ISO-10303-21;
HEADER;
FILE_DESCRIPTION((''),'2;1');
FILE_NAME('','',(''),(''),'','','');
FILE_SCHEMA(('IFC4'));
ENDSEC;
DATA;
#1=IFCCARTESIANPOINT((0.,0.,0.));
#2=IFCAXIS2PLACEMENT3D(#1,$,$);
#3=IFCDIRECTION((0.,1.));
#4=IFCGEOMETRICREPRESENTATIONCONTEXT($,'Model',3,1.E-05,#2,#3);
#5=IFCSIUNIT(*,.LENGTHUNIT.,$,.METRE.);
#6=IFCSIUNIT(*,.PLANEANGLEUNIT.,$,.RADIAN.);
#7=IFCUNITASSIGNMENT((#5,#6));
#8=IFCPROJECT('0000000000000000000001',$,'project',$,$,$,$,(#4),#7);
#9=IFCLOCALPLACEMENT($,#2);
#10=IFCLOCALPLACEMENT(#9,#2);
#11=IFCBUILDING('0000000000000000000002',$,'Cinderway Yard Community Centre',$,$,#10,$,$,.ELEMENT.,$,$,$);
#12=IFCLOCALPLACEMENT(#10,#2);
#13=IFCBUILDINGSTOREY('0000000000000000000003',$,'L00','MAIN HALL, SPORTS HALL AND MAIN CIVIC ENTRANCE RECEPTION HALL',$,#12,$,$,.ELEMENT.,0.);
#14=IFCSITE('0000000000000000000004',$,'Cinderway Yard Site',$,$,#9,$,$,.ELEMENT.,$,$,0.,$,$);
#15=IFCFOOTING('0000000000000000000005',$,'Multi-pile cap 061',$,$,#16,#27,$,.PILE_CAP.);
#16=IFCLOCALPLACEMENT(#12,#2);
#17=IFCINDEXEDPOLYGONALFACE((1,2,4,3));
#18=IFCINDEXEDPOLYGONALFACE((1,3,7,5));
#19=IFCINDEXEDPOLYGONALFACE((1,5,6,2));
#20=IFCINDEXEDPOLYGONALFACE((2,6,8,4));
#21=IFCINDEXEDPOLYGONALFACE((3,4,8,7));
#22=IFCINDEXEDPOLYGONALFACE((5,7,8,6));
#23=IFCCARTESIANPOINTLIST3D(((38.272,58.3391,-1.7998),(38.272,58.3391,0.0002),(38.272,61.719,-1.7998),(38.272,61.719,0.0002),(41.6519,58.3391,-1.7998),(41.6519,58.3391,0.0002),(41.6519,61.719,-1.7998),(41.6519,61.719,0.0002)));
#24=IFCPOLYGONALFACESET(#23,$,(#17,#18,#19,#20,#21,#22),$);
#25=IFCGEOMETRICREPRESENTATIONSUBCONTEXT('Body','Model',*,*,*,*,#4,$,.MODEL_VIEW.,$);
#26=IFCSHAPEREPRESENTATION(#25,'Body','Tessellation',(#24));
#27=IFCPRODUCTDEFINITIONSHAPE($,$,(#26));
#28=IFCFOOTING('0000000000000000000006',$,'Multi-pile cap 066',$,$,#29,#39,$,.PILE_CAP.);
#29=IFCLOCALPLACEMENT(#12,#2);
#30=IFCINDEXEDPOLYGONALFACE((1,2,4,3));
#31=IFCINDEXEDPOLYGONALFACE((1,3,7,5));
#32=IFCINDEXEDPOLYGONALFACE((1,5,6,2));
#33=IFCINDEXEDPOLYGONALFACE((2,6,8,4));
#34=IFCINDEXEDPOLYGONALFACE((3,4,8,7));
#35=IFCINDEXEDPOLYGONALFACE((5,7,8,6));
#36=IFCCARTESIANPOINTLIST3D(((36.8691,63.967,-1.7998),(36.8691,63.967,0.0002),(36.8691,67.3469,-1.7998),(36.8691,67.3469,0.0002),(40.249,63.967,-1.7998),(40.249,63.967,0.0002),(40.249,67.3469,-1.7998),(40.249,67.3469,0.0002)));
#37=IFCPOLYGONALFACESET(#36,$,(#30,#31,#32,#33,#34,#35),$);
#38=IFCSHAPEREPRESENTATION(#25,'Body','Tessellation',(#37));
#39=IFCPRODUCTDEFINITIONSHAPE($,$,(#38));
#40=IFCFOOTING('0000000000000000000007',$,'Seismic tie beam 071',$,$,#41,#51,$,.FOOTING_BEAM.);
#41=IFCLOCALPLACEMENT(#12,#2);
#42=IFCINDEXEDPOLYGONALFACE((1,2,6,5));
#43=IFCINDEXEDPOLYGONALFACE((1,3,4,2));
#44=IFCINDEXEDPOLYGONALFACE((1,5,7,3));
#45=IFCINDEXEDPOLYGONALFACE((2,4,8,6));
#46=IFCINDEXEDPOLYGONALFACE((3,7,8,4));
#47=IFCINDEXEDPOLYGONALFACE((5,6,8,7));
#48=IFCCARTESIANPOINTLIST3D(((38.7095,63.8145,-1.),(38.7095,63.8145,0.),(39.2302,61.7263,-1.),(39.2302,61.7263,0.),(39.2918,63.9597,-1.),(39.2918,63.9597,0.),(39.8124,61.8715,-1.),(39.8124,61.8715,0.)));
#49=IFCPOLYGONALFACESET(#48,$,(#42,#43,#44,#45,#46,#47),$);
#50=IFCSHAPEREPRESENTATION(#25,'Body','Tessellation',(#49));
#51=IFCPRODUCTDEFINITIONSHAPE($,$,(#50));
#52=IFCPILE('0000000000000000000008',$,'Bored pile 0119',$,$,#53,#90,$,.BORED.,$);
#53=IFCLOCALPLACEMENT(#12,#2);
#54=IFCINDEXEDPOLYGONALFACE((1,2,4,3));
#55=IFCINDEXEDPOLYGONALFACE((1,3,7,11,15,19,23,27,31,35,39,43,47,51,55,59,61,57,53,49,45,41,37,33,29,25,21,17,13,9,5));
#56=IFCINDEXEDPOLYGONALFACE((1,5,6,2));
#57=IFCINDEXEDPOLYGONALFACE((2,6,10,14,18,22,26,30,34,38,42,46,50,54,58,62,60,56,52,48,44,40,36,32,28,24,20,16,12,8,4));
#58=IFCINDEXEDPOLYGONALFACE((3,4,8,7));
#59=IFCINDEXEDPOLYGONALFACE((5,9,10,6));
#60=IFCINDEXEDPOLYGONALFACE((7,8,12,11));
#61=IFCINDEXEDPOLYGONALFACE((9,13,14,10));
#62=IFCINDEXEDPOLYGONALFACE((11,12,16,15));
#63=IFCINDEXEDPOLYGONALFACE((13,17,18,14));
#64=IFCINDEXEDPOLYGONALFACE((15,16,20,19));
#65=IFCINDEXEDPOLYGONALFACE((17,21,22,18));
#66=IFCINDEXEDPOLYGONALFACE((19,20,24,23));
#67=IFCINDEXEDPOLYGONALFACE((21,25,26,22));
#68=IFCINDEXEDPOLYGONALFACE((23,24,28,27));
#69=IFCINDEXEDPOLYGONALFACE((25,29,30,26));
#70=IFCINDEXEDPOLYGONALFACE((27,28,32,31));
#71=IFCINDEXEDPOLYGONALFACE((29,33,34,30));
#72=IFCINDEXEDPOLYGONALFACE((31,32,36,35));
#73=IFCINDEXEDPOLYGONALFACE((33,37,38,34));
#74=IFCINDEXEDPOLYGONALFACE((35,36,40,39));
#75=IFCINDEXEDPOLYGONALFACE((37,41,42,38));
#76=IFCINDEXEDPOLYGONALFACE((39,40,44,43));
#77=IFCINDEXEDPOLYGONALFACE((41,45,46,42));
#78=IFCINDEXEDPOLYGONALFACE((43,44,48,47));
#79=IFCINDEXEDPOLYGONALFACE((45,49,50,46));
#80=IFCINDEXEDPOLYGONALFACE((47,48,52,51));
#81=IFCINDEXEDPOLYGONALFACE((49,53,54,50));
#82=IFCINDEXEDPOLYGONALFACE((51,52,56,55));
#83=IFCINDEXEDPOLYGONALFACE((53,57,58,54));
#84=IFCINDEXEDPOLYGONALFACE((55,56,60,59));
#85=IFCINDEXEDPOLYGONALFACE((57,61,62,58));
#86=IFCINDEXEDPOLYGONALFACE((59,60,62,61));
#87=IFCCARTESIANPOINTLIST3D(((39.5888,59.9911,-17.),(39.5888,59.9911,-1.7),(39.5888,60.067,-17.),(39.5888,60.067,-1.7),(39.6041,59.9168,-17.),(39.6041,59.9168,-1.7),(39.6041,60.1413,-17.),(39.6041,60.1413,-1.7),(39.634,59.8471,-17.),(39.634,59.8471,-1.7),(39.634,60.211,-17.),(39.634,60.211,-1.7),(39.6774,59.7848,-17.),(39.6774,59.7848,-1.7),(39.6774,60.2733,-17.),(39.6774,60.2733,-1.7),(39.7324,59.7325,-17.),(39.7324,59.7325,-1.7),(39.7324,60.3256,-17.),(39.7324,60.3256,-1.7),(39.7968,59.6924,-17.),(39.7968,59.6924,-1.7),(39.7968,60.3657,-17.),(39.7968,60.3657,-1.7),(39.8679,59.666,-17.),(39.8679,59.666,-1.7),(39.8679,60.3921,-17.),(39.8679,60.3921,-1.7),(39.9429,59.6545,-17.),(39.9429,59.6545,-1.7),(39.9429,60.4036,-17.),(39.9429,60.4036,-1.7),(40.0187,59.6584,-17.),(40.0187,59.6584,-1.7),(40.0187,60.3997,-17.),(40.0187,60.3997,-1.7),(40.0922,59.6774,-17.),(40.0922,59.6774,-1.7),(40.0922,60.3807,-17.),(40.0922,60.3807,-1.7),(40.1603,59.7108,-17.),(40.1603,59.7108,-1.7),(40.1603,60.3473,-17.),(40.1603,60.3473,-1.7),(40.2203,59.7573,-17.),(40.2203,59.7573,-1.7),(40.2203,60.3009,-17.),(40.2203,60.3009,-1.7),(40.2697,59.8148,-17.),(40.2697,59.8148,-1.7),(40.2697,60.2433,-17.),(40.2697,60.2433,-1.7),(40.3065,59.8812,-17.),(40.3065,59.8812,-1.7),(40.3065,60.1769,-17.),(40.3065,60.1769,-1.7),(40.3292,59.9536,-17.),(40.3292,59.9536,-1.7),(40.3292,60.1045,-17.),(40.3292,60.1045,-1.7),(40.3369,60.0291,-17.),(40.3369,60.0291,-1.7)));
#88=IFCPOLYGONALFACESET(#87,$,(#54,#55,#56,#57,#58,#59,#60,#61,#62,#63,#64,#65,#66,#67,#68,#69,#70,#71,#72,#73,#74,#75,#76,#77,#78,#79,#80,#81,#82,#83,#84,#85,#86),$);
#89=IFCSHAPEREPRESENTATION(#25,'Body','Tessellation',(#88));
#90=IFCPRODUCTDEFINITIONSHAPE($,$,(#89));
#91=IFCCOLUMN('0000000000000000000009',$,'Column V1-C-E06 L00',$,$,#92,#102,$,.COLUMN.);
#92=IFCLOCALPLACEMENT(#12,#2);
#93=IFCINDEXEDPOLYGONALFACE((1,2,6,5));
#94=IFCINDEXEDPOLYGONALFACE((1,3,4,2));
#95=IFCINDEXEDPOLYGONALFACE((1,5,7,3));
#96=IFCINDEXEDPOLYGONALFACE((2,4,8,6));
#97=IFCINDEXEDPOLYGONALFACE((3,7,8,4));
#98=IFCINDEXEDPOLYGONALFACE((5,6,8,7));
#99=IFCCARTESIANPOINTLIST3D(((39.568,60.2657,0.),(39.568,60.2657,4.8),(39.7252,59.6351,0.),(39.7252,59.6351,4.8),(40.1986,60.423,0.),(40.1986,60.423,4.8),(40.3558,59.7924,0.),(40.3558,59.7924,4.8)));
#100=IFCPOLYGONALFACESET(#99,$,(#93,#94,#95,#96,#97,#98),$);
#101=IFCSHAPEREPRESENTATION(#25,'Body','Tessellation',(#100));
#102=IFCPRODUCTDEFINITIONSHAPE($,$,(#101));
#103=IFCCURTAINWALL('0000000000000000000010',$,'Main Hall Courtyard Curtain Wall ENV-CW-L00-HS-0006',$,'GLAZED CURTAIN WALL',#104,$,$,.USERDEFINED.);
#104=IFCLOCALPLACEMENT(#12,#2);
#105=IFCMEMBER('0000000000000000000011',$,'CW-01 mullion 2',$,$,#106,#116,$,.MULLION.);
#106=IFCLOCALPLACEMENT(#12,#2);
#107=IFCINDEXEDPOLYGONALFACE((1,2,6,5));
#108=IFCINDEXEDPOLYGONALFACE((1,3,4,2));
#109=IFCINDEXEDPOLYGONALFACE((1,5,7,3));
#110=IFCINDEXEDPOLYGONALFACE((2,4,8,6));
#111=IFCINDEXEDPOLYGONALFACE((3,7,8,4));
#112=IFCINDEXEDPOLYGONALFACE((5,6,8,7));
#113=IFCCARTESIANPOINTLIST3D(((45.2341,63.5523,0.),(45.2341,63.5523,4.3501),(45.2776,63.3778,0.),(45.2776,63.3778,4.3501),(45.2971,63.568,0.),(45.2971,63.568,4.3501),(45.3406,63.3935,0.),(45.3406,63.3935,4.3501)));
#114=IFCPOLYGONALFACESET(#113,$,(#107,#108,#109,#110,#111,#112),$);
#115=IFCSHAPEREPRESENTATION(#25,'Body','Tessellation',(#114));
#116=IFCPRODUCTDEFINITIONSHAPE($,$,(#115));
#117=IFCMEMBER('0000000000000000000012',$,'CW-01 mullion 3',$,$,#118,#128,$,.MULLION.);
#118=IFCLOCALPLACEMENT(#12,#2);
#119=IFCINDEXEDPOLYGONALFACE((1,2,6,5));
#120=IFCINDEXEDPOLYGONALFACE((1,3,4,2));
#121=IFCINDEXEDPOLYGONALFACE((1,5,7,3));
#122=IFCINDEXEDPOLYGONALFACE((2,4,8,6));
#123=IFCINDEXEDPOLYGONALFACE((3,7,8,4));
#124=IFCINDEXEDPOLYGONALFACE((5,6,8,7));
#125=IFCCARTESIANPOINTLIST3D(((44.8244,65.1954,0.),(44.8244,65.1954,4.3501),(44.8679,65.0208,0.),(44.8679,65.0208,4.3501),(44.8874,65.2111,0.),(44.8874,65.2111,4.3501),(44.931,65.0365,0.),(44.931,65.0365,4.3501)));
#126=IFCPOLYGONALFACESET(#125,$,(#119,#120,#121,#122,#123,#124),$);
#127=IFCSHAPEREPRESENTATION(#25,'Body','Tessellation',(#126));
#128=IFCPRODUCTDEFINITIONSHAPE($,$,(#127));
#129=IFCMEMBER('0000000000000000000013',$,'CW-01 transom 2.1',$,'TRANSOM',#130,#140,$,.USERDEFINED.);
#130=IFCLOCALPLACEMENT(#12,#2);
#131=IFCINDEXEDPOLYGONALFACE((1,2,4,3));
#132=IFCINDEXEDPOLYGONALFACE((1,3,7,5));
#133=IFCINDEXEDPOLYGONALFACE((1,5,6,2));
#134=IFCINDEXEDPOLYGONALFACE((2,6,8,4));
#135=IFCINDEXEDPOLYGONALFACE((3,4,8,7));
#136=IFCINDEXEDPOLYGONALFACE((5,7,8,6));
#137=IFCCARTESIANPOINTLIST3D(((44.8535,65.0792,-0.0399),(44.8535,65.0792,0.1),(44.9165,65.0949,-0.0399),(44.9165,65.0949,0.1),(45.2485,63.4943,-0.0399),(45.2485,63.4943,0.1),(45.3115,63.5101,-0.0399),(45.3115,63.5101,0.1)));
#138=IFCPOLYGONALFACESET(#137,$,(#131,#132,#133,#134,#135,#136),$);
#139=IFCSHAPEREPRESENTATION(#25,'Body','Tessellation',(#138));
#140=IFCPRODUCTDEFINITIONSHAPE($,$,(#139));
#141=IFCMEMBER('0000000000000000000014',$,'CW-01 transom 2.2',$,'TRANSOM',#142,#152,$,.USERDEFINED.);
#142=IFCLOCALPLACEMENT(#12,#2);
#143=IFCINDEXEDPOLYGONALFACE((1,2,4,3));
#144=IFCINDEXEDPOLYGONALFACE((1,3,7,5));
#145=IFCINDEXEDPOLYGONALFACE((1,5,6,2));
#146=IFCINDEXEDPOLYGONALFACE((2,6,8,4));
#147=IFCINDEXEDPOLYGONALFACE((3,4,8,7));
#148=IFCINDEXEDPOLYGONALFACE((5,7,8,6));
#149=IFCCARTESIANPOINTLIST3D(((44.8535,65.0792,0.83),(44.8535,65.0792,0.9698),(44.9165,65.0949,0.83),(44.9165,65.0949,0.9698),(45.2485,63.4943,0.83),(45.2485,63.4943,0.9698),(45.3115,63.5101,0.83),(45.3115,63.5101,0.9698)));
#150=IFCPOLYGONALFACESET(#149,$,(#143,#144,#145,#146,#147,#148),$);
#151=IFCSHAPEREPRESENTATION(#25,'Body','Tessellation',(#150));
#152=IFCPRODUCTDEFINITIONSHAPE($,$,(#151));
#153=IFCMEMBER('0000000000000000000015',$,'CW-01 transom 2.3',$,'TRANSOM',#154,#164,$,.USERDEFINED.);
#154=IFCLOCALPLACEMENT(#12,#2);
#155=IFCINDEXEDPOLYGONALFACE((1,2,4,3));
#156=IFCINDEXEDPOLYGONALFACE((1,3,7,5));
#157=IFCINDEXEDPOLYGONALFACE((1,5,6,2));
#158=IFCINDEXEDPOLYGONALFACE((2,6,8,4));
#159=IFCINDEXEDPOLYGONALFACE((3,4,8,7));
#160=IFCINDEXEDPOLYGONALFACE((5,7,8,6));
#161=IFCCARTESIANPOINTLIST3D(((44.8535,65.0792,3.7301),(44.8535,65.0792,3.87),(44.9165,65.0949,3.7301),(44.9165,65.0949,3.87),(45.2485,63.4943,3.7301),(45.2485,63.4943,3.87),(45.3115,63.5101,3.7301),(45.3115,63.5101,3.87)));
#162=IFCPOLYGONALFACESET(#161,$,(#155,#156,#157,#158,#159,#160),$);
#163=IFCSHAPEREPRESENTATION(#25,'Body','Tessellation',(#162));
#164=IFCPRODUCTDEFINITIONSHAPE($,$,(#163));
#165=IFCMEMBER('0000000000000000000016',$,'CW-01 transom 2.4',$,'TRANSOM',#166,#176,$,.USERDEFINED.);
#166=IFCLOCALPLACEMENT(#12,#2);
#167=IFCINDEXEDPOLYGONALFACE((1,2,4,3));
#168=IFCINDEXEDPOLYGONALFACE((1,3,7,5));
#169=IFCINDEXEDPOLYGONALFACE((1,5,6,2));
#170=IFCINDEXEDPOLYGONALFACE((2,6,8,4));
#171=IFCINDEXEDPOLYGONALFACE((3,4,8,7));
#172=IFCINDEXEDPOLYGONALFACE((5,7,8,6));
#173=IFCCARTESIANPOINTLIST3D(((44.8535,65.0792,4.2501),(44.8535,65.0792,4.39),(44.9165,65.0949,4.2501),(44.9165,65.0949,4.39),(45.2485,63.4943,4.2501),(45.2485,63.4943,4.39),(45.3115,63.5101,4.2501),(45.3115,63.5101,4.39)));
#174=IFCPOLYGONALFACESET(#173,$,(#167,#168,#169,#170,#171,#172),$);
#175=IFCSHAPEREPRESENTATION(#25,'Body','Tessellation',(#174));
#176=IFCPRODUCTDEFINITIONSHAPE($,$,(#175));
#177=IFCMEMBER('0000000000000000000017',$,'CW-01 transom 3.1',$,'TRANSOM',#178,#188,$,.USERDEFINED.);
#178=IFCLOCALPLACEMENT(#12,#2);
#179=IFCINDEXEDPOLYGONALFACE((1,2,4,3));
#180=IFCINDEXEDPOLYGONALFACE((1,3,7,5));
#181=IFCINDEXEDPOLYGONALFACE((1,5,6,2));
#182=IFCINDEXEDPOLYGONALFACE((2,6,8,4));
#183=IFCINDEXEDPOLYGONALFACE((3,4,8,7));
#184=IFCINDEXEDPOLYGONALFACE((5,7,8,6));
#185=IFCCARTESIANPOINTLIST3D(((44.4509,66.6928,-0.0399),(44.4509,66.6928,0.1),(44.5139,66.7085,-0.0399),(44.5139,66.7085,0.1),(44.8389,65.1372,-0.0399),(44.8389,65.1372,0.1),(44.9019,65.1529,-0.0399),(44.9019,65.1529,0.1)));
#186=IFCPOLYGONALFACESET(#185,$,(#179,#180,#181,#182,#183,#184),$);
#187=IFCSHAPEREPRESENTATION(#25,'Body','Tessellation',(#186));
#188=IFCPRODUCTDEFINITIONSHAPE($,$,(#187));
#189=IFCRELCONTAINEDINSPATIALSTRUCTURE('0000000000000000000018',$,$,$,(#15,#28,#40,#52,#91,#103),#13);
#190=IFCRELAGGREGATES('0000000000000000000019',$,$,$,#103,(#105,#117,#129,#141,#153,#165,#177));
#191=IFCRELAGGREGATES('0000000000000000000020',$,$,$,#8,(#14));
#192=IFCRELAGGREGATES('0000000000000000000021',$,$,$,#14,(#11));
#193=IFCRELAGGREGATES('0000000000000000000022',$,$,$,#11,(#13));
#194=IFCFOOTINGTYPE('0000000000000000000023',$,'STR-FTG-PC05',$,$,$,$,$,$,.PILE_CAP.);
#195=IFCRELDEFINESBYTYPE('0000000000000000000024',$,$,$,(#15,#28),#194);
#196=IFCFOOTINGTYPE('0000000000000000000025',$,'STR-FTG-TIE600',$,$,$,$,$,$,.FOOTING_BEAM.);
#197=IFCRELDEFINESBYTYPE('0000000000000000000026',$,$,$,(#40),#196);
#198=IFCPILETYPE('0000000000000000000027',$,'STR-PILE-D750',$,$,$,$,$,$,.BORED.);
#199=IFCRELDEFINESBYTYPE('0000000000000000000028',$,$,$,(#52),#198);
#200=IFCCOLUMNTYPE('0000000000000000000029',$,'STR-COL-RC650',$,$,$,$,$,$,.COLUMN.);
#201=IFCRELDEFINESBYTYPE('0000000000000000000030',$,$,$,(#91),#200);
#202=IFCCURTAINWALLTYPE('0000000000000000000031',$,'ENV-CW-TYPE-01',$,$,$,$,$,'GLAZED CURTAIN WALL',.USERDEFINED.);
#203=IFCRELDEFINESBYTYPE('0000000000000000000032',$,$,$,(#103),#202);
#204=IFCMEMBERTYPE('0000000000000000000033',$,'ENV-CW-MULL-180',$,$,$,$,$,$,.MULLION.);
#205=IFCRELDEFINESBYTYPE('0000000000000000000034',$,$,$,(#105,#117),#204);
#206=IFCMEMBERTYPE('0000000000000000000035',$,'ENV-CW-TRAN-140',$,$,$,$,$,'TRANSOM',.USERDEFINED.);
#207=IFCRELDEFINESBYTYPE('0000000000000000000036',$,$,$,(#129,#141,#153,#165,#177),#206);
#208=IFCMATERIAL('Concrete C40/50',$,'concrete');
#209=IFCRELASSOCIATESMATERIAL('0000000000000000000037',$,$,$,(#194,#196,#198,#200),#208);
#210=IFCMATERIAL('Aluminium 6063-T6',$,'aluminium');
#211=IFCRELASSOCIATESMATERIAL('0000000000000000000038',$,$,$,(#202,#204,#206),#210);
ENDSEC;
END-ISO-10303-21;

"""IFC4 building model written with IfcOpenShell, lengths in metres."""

from ifc_helpers import new_model, si_unit, direction, frame, origin, origin_2d, place, context, subcontext, project, spatial, rectangle, circle, extrude, material, material_profile, profile_set, type_object, element, aggregate, save


model = new_model("IFC4")

# Units and contexts
model_context = context("Model", 3, precision=1e-05, world=origin(), true_north=direction((0.0, 1.0)))
body_context = subcontext(model_context, "Body", "Model", "MODEL_VIEW")
ifc_project = project(units=[si_unit("LENGTHUNIT", "METRE"), si_unit("PLANEANGLEUNIT", "RADIAN")], contexts=[model_context])

# Site, building, storey
site_placement = place(None, origin())
site = spatial("IfcSite", under=ifc_project, at=site_placement, Name="Cinderway Yard Site", CompositionType="ELEMENT", RefElevation=0.0)
building_placement = place(site_placement, origin())
building = spatial("IfcBuilding", under=site, at=building_placement, Name="Cinderway Yard Community Centre", CompositionType="ELEMENT")
storey_placement = place(building_placement, origin())
storey = spatial("IfcBuildingStorey", under=building, at=storey_placement, Name="L00", Description="MAIN HALL, SPORTS HALL AND MAIN CIVIC ENTRANCE RECEPTION HALL", CompositionType="ELEMENT", Elevation=0.0)

# Footings
ifc_material_1 = material(Name="Concrete C40/50", Category="concrete")
footing_type_1 = type_object("IfcFootingType", Name="STR-FTG-PC05", PredefinedType="PILE_CAP", material=ifc_material_1)
for number, where, z_axis, x_axis, name in (
    (1, (39.9619, 60.0291, -1.7998), (0.0, 0.0, 1.0), (1.0, 0.0, 0.0), "Multi-pile cap 061"),
    (2, (38.5591, 65.657, -1.7998), (0.0, 0.0, 1.0), (1.0, 0.0, 0.0), "Multi-pile cap 066"),
):
    element("IfcFooting", number, at=place(storey_placement, frame(where, z_axis=z_axis, x_axis=x_axis)), inside=storey, type_object=footing_type_1, Name=name, PredefinedType="PILE_CAP", context=body_context, shape_type="SweptSolid", body=[
        extrude(rectangle(XDim=3.3799, YDim=3.3799, at=origin_2d()), origin(), (0.0, 0.0, 1.0), 1.8),
    ])
footing_type_2 = type_object("IfcFootingType", Name="STR-FTG-TIE600", PredefinedType="FOOTING_BEAM", material=ifc_material_1)
footing_placement = place(storey_placement, frame((39.261, 62.843, -1.0), z_axis=(0.0, 0.0, 1.0), x_axis=(-0.241922, 0.970296, 0.0)))
element("IfcFooting", 3, at=footing_placement, inside=storey, type_object=footing_type_2, Name="Seismic tie beam 071", PredefinedType="FOOTING_BEAM", context=body_context, shape_type="SweptSolid", body=[
    extrude(rectangle(XDim=2.1521, YDim=0.6001, at=origin_2d()), origin(), (0.0, 0.0, 1.0), 1.0),
])

# Pile
ifc_material_profile_1 = material_profile(ifc_material_1, circle(Radius=0.375, at=origin_2d()), Name="Concrete C40/50")
ifc_profile_set_1 = profile_set([ifc_material_profile_1], Name="Concrete C40/50")
pile_type = type_object("IfcPileType", Name="STR-PILE-D750", PredefinedType="BORED", material=ifc_profile_set_1)
pile_placement = place(storey_placement, frame((39.9619, 60.0291, -1.7), z_axis=(0.0, 0.0, -1.0), x_axis=(1.0, 0.0, 0.0)))
element("IfcPile", 4, at=pile_placement, inside=storey, type_object=pile_type, Name="Bored pile 0119", PredefinedType="BORED", context=body_context, shape_type="SweptSolid", body=[
    extrude(circle(Radius=0.375, at=origin_2d()), origin(), (0.0, 0.0, 1.0), 15.3),
])

# Column
ifc_material_profile_2 = material_profile(ifc_material_1, rectangle(XDim=0.6499, YDim=0.6499, at=origin_2d()), Name="Concrete C40/50")
ifc_profile_set_2 = profile_set([ifc_material_profile_2], Name="Concrete C40/50")
column_type = type_object("IfcColumnType", Name="STR-COL-RC650", PredefinedType="COLUMN", material=ifc_profile_set_2)
column_placement = place(storey_placement, frame((39.9619, 60.0291, 0.0), z_axis=(0.0, 0.0, 1.0), x_axis=(0.970296, 0.241922, 0.0)))
element("IfcColumn", 5, at=column_placement, inside=storey, type_object=column_type, Name="Column V1-C-E06 L00", PredefinedType="COLUMN", context=body_context, shape_type="SweptSolid", body=[
    extrude(rectangle(XDim=0.6499, YDim=0.6499, at=origin_2d()), origin(), (0.0, 0.0, 1.0), 4.8),
])

# Curtain wall, members
ifc_material_2 = material(Name="Aluminium 6063-T6", Category="aluminium")
curtain_wall_type = type_object("IfcCurtainWallType", Name="ENV-CW-TYPE-01", ElementType="GLAZED CURTAIN WALL", PredefinedType="USERDEFINED", material=ifc_material_2)
curtain_wall_placement = place(storey_placement, origin())
curtain_wall = element("IfcCurtainWall", 6, at=curtain_wall_placement, inside=storey, type_object=curtain_wall_type, Name="Main Hall Courtyard Curtain Wall ENV-CW-L00-HS-0006", ObjectType="GLAZED CURTAIN WALL", PredefinedType="USERDEFINED")
ifc_material_profile_3 = material_profile(ifc_material_2, rectangle(XDim=0.0649, YDim=0.1799, at=origin_2d()), Name="Aluminium 6063-T6")
ifc_profile_set_3 = profile_set([ifc_material_profile_3], Name="Aluminium 6063-T6")
member_type_1 = type_object("IfcMemberType", Name="ENV-CW-MULL-180", PredefinedType="MULLION", material=ifc_profile_set_3)
member_1_placement = place(storey_placement, frame((45.2874, 63.4729, 0.0), z_axis=(0.0, 0.0, 1.0), x_axis=(-0.970293, -0.241933, 0.0)))
member_1 = element("IfcMember", 7, at=member_1_placement, type_object=member_type_1, Name="CW-01 mullion 2", PredefinedType="MULLION", context=body_context, shape_type="SweptSolid", body=[
    extrude(rectangle(XDim=0.0649, YDim=0.1799, at=origin_2d()), origin(), (0.0, 0.0, 1.0), 4.3501),
])
member_2_placement = place(storey_placement, frame((44.8777, 65.116, 0.0), z_axis=(0.0, 0.0, 1.0), x_axis=(-0.970293, -0.241933, 0.0)))
member_2 = element("IfcMember", 8, at=member_2_placement, type_object=member_type_1, Name="CW-01 mullion 3", PredefinedType="MULLION", context=body_context, shape_type="SweptSolid", body=[
    extrude(rectangle(XDim=0.0649, YDim=0.1799, at=origin_2d()), origin(), (0.0, 0.0, 1.0), 4.3501),
])
ifc_material_profile_4 = material_profile(ifc_material_2, rectangle(XDim=0.0649, YDim=0.1399, at=origin_2d()), Name="Aluminium 6063-T6")
ifc_profile_set_4 = profile_set([ifc_material_profile_4], Name="Aluminium 6063-T6")
member_type_2 = type_object("IfcMemberType", Name="ENV-CW-TRAN-140", ElementType="TRANSOM", PredefinedType="USERDEFINED", material=ifc_profile_set_4)
member_3_placement = place(storey_placement, frame((45.28, 63.5022, 0.03), z_axis=(-0.241867, 0.970309, 0.0), x_axis=(-0.970309, -0.241867, 0.0)))
member_3 = element("IfcMember", 9, at=member_3_placement, type_object=member_type_2, Name="CW-01 transom 2.1", ObjectType="TRANSOM", PredefinedType="USERDEFINED", context=body_context, shape_type="SweptSolid", body=[
    extrude(rectangle(XDim=0.0649, YDim=0.1399, at=origin_2d()), origin(), (0.0, 0.0, 1.0), 1.6333),
])
member_4_placement = place(storey_placement, frame((45.28, 63.5022, 0.8999), z_axis=(-0.241867, 0.970309, 0.0), x_axis=(-0.970309, -0.241867, 0.0)))
member_4 = element("IfcMember", 10, at=member_4_placement, type_object=member_type_2, Name="CW-01 transom 2.2", ObjectType="TRANSOM", PredefinedType="USERDEFINED", context=body_context, shape_type="SweptSolid", body=[
    extrude(rectangle(XDim=0.0649, YDim=0.1399, at=origin_2d()), origin(), (0.0, 0.0, 1.0), 1.6333),
])
member_5_placement = place(storey_placement, frame((45.28, 63.5022, 3.8), z_axis=(-0.241867, 0.970309, 0.0), x_axis=(-0.970309, -0.241867, 0.0)))
member_5 = element("IfcMember", 11, at=member_5_placement, type_object=member_type_2, Name="CW-01 transom 2.3", ObjectType="TRANSOM", PredefinedType="USERDEFINED", context=body_context, shape_type="SweptSolid", body=[
    extrude(rectangle(XDim=0.0649, YDim=0.1399, at=origin_2d()), origin(), (0.0, 0.0, 1.0), 1.6333),
])
member_6_placement = place(storey_placement, frame((45.28, 63.5022, 4.3201), z_axis=(-0.241867, 0.970309, 0.0), x_axis=(-0.970309, -0.241867, 0.0)))
member_6 = element("IfcMember", 12, at=member_6_placement, type_object=member_type_2, Name="CW-01 transom 2.4", ObjectType="TRANSOM", PredefinedType="USERDEFINED", context=body_context, shape_type="SweptSolid", body=[
    extrude(rectangle(XDim=0.0649, YDim=0.1399, at=origin_2d()), origin(), (0.0, 0.0, 1.0), 1.6333),
])
member_7_placement = place(storey_placement, frame((44.8704, 65.145, 0.03), z_axis=(-0.241962, 0.970286, 0.0), x_axis=(-0.970286, -0.241962, 0.0)))
member_7 = element("IfcMember", 13, at=member_7_placement, type_object=member_type_2, Name="CW-01 transom 3.1", ObjectType="TRANSOM", PredefinedType="USERDEFINED", context=body_context, shape_type="SweptSolid", body=[
    extrude(rectangle(XDim=0.0649, YDim=0.1399, at=origin_2d()), origin(), (0.0, 0.0, 1.0), 1.6033),
])
aggregate(curtain_wall, [member_1, member_2, member_3, member_4, member_5, member_6, member_7])

save(model, "model.ifc")
